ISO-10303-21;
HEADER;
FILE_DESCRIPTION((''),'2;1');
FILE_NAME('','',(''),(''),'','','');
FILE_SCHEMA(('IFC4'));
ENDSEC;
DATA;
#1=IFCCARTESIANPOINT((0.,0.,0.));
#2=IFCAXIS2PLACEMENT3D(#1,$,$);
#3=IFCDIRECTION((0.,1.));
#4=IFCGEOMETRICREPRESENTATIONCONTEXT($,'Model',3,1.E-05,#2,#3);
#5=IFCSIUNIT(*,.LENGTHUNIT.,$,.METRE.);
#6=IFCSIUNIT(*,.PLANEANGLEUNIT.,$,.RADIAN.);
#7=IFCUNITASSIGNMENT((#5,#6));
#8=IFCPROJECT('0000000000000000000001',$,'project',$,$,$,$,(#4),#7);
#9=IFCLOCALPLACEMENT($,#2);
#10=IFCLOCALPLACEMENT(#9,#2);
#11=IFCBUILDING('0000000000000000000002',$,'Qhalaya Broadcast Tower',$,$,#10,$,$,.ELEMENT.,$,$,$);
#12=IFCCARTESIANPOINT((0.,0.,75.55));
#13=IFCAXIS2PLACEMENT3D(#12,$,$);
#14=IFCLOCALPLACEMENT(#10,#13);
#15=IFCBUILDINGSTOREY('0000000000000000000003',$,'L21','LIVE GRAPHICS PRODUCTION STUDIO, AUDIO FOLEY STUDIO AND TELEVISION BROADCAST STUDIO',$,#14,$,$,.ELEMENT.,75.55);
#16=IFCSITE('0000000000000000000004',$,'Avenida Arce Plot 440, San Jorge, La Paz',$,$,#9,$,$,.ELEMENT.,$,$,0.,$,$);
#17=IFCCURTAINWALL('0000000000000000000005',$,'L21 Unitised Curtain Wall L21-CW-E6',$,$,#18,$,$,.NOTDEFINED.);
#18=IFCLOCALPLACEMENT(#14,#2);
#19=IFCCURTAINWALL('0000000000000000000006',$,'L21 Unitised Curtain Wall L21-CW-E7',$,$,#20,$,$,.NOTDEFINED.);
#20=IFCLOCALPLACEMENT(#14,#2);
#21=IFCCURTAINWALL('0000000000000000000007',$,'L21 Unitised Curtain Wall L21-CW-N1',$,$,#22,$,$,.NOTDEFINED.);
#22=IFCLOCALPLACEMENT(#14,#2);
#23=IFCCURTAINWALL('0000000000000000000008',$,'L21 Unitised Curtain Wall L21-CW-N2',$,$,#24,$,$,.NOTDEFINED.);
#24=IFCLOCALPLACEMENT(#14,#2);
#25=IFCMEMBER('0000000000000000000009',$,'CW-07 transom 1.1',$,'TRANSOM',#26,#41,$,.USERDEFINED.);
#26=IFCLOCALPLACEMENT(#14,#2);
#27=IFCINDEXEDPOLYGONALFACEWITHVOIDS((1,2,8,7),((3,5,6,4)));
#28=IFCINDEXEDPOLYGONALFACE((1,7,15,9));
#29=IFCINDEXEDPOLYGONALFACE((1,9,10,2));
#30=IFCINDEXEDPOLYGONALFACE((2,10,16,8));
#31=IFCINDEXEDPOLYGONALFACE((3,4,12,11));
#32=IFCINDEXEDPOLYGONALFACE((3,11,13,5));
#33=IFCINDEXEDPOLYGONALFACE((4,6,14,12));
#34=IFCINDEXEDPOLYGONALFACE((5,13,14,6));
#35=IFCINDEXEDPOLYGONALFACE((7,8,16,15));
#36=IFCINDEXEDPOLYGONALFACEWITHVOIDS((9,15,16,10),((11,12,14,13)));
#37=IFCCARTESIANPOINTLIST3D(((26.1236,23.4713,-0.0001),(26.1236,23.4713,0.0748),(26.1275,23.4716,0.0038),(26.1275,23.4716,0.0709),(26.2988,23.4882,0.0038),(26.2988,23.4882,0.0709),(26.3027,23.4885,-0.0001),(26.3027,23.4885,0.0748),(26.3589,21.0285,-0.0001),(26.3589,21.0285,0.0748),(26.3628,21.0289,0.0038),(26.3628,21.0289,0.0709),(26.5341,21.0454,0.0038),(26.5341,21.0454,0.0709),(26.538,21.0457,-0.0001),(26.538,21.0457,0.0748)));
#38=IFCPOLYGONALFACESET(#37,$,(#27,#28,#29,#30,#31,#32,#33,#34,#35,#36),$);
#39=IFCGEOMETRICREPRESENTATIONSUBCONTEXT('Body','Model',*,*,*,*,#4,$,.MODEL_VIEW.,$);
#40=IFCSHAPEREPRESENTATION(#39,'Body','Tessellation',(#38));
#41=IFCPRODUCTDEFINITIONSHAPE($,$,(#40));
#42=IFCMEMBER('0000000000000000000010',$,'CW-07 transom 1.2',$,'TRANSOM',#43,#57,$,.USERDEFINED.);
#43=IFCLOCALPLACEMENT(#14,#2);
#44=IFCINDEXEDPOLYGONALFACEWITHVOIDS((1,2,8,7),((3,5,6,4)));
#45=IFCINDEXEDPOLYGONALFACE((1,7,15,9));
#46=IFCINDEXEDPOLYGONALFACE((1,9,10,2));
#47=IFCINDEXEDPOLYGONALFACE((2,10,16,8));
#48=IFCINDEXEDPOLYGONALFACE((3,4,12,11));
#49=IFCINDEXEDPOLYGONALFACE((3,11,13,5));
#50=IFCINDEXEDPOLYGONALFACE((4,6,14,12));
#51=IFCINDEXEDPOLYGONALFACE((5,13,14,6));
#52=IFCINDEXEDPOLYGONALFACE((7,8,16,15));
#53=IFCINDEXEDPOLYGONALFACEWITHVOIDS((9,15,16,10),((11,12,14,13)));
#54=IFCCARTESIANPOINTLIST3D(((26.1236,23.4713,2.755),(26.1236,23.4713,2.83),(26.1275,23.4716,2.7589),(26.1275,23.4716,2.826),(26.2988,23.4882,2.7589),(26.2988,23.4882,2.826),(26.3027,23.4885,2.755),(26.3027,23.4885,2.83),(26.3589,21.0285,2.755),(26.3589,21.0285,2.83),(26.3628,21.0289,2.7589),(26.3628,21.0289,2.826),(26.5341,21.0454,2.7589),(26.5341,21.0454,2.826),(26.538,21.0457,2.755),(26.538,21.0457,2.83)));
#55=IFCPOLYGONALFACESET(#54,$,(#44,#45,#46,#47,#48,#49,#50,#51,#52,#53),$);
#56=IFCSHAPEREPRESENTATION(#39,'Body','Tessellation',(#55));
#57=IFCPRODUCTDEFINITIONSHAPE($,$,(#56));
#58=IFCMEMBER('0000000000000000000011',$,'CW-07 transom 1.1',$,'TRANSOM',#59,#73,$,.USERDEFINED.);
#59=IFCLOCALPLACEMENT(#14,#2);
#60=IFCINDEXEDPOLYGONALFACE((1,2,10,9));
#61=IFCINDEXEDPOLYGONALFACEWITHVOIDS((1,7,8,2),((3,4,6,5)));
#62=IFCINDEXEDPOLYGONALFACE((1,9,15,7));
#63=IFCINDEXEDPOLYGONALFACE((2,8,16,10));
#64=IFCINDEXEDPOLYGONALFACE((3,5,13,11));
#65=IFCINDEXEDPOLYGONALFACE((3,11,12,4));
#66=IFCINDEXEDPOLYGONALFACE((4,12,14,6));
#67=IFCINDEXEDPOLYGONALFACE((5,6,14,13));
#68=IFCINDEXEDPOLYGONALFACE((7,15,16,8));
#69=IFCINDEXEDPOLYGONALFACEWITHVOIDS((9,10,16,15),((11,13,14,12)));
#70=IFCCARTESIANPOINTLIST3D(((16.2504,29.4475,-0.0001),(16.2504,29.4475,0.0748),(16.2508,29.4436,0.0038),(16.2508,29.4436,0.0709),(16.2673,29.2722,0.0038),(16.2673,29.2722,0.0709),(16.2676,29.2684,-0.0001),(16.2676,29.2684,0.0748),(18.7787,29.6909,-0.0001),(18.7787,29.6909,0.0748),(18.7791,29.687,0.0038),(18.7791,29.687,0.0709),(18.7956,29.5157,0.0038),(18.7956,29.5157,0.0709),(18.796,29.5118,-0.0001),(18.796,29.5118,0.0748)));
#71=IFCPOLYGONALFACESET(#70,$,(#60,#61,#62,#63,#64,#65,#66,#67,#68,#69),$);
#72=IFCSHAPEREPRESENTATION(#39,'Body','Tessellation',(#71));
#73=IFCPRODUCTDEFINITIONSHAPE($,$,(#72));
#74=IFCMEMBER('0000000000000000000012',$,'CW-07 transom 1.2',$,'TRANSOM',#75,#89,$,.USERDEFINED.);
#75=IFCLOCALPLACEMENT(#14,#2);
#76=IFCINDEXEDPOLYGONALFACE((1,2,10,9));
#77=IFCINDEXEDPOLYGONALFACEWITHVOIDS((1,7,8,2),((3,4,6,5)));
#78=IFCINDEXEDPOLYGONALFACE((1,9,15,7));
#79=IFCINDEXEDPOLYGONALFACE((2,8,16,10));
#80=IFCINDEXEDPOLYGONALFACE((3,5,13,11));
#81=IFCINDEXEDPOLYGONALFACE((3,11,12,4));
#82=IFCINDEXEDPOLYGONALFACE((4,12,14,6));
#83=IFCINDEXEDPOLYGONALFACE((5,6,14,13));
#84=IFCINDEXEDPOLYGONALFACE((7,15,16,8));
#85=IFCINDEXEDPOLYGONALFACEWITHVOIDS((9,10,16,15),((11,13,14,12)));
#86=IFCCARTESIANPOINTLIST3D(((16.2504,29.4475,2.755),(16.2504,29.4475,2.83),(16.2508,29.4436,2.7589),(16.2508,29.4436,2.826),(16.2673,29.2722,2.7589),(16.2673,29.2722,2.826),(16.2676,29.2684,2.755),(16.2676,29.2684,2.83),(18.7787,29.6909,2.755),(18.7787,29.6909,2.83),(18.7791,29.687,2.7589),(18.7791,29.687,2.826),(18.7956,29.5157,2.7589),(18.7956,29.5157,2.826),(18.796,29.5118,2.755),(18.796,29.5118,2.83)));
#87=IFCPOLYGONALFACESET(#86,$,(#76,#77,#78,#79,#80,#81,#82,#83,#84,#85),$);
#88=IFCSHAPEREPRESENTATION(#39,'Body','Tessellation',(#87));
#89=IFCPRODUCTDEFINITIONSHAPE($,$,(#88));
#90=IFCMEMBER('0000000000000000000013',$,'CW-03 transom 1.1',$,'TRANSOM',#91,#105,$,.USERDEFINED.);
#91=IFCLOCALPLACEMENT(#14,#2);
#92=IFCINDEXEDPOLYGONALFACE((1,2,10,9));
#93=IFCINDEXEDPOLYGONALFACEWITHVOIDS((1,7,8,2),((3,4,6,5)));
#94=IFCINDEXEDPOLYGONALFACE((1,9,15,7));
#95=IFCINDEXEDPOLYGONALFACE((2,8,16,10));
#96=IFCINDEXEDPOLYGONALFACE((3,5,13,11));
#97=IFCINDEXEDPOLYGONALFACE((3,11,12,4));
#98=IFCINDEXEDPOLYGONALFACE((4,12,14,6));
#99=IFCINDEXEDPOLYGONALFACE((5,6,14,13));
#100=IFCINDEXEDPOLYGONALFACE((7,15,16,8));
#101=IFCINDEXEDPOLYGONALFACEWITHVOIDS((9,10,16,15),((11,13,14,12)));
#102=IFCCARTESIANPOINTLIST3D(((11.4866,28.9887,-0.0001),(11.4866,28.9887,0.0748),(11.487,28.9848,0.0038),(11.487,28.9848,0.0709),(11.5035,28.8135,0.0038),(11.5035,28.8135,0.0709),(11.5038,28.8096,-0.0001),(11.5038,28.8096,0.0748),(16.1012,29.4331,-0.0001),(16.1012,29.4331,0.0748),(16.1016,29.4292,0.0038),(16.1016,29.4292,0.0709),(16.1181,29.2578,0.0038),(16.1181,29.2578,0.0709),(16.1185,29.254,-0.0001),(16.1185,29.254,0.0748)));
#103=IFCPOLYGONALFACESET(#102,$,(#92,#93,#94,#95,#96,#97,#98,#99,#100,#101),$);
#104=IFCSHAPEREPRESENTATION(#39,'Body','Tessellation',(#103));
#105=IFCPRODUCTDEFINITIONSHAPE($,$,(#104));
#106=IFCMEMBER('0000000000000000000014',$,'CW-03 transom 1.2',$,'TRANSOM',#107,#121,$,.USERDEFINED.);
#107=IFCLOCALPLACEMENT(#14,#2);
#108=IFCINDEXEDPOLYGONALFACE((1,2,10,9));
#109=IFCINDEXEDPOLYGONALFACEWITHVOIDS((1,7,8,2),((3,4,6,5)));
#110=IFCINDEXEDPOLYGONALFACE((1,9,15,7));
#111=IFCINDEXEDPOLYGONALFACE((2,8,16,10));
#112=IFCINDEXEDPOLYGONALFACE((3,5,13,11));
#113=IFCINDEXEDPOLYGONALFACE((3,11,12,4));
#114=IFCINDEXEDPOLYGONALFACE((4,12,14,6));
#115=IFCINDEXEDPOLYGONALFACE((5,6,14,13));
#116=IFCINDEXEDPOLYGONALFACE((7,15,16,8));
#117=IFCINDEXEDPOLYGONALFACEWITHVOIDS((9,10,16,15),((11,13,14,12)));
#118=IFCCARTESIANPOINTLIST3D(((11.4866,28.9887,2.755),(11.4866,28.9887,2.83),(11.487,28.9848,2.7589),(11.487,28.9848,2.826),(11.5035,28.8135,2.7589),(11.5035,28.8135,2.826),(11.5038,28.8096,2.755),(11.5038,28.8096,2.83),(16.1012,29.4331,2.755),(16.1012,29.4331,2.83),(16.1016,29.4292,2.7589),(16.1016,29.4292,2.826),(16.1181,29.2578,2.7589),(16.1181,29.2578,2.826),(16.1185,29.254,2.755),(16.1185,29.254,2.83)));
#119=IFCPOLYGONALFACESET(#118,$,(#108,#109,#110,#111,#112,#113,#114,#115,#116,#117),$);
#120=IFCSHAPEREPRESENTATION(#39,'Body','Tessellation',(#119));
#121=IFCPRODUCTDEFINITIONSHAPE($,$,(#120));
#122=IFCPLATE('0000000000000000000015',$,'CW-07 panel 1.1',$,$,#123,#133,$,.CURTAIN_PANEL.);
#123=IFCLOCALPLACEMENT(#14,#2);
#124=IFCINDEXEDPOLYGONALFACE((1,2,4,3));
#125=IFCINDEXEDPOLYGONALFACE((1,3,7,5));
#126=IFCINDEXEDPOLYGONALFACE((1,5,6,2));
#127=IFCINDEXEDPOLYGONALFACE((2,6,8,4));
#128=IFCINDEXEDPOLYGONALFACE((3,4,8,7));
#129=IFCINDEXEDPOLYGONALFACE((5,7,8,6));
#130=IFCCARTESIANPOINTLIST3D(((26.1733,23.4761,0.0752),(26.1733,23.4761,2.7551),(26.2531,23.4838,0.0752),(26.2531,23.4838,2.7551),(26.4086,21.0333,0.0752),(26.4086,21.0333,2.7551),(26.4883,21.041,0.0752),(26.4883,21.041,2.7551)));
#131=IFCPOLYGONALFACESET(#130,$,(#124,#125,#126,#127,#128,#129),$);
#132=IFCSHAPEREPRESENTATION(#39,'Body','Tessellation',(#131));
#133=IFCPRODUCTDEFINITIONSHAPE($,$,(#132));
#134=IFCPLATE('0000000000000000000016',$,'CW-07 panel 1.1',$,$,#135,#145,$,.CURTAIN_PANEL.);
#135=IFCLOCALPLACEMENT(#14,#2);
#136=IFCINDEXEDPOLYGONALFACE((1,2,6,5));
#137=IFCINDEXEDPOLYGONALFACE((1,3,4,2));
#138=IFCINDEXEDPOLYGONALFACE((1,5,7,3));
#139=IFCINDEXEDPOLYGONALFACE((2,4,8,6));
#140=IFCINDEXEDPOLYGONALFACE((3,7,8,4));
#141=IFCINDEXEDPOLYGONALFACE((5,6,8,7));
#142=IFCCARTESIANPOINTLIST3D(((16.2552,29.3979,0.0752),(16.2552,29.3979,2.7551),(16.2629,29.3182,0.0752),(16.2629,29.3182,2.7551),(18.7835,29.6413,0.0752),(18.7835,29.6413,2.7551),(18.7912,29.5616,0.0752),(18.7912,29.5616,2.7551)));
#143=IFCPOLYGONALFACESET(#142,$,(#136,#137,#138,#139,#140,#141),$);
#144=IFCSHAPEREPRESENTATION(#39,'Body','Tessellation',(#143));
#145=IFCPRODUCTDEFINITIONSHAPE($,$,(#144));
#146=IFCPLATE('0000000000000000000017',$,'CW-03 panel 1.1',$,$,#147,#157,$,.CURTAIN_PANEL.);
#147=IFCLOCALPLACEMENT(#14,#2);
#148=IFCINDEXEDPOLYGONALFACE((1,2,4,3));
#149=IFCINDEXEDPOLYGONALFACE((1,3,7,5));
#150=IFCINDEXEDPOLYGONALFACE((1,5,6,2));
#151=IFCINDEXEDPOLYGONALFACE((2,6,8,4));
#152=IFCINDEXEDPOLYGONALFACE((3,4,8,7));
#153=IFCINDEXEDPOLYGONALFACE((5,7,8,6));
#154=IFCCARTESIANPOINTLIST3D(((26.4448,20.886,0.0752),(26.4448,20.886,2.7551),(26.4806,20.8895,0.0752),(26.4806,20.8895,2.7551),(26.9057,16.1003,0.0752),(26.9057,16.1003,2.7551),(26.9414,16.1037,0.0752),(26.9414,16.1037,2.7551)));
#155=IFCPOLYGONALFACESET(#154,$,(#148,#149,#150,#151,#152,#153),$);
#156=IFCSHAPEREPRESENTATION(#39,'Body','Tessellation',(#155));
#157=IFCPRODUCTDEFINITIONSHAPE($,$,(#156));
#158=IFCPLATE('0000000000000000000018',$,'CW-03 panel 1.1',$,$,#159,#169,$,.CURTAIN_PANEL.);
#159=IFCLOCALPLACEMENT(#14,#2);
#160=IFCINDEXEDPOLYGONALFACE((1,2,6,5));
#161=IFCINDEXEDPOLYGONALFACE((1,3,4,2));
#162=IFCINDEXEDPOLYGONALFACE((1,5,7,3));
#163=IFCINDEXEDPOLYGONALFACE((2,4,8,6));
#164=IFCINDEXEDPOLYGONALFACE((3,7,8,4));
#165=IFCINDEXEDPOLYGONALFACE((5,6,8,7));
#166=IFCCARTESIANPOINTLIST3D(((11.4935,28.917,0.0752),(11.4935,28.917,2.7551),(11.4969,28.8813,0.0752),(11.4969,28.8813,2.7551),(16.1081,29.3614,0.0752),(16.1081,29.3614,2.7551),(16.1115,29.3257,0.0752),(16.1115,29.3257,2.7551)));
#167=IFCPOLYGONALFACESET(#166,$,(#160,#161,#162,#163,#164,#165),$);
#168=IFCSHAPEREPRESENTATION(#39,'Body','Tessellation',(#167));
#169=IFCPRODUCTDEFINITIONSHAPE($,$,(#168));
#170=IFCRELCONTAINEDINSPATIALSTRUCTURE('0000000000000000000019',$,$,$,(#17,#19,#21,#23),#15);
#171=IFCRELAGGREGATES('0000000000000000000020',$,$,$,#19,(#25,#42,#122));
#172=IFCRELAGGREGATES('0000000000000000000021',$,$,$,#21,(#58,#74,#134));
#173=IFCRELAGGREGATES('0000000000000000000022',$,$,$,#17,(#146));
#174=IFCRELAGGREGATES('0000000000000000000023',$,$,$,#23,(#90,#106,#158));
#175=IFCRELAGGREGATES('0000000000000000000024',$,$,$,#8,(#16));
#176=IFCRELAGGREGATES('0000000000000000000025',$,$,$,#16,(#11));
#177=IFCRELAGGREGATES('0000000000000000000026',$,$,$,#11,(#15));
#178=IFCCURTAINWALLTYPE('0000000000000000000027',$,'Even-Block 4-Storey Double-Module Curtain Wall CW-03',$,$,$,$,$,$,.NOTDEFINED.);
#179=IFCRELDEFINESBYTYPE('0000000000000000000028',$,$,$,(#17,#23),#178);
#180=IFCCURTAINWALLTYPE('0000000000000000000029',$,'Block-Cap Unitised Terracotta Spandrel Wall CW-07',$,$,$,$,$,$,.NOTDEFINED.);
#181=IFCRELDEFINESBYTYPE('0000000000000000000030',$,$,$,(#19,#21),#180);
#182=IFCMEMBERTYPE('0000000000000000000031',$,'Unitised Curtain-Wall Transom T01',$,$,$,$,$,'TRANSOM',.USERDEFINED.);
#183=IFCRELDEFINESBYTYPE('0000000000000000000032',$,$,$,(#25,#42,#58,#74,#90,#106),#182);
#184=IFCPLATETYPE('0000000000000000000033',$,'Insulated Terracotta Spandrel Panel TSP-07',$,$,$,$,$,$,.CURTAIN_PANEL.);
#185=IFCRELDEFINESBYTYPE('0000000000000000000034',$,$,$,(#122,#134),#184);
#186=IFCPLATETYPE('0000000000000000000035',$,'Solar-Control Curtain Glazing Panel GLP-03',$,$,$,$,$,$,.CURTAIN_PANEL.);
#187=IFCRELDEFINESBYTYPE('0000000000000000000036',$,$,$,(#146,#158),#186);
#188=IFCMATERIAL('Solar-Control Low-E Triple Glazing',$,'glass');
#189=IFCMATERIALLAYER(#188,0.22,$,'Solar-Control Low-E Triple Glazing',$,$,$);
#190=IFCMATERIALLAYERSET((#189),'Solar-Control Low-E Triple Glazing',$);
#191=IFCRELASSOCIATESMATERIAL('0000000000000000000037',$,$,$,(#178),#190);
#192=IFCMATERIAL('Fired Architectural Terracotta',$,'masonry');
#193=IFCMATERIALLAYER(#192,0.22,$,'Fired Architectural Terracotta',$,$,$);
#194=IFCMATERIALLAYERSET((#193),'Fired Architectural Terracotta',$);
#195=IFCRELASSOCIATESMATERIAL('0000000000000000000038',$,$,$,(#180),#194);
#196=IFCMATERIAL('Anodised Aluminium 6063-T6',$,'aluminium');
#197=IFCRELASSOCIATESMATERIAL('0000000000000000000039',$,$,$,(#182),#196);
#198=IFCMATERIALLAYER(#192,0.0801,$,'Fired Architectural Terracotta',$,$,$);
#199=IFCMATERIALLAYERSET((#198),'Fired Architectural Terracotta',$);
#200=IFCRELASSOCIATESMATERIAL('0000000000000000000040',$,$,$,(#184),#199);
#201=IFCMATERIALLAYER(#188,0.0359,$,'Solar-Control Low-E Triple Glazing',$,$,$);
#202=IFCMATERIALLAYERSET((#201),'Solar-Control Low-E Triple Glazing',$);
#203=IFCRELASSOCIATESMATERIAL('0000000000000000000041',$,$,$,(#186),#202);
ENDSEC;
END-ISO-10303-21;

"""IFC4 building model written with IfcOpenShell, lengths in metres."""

from ifc_helpers import new_model, si_unit, direction, frame, origin, origin_2d, place, context, subcontext, project, spatial, rectangle, hollow_rectangle, extrude, material, layer, layer_set, material_profile, profile_set, type_object, element, aggregate, save


model = new_model("IFC4")

# Units and contexts
model_context = context("Model", 3, precision=1e-05, world=origin(), true_north=direction((0.0, 1.0)))
body_context = subcontext(model_context, "Body", "Model", "MODEL_VIEW")
ifc_project = project(units=[si_unit("LENGTHUNIT", "METRE"), si_unit("PLANEANGLEUNIT", "RADIAN")], contexts=[model_context])

# Site, building, storey
site_placement = place(None, origin())
site = spatial("IfcSite", under=ifc_project, at=site_placement, Name="Avenida Arce Plot 440, San Jorge, La Paz", CompositionType="ELEMENT", RefElevation=0.0)
building_placement = place(site_placement, origin())
building = spatial("IfcBuilding", under=site, at=building_placement, Name="Qhalaya Broadcast Tower", CompositionType="ELEMENT")
storey_placement = place(building_placement, frame((0.0, 0.0, 75.55)))
storey = spatial("IfcBuildingStorey", under=building, at=storey_placement, Name="L21", Description="LIVE GRAPHICS PRODUCTION STUDIO, AUDIO FOLEY STUDIO AND TELEVISION BROADCAST STUDIO", CompositionType="ELEMENT", Elevation=75.55)

# Curtain wall
ifc_material_1 = material(Name="Solar-Control Low-E Triple Glazing", Category="glass")
ifc_layer_1 = layer(ifc_material_1, 0.22, Name="Solar-Control Low-E Triple Glazing")
ifc_layer_set_1 = layer_set([ifc_layer_1], Name="Solar-Control Low-E Triple Glazing")
curtain_wall_type_1 = type_object("IfcCurtainWallType", Name="Even-Block 4-Storey Double-Module Curtain Wall CW-03", PredefinedType="NOTDEFINED", material=ifc_layer_set_1)
curtain_wall_1_placement = place(storey_placement, origin())
curtain_wall_1 = element("IfcCurtainWall", 1, at=curtain_wall_1_placement, inside=storey, type_object=curtain_wall_type_1, Name="L21 Unitised Curtain Wall L21-CW-E6", PredefinedType="NOTDEFINED")
ifc_material_2 = material(Name="Anodised Aluminium 6063-T6", Category="aluminium")

# Curtain walls
ifc_material_3 = material(Name="Fired Architectural Terracotta", Category="masonry")
ifc_layer_2 = layer(ifc_material_3, 0.22, Name="Fired Architectural Terracotta")
ifc_layer_set_2 = layer_set([ifc_layer_2], Name="Fired Architectural Terracotta")
curtain_wall_type_2 = type_object("IfcCurtainWallType", Name="Block-Cap Unitised Terracotta Spandrel Wall CW-07", PredefinedType="NOTDEFINED", material=ifc_layer_set_2)
curtain_wall_2_placement = place(storey_placement, origin())
curtain_wall_2 = element("IfcCurtainWall", 2, at=curtain_wall_2_placement, inside=storey, type_object=curtain_wall_type_2, Name="L21 Unitised Curtain Wall L21-CW-E7", PredefinedType="NOTDEFINED")
curtain_wall_3_placement = place(storey_placement, origin())
curtain_wall_3 = element("IfcCurtainWall", 3, at=curtain_wall_3_placement, inside=storey, type_object=curtain_wall_type_2, Name="L21 Unitised Curtain Wall L21-CW-N1", PredefinedType="NOTDEFINED")

# Curtain wall
curtain_wall_4_placement = place(storey_placement, origin())
curtain_wall_4 = element("IfcCurtainWall", 4, at=curtain_wall_4_placement, inside=storey, type_object=curtain_wall_type_1, Name="L21 Unitised Curtain Wall L21-CW-N2", PredefinedType="NOTDEFINED")

# Members
ifc_material_profile_1 = material_profile(ifc_material_2, hollow_rectangle(XDim=0.075, YDim=0.1799, WallThickness=0.0039, at=origin_2d()), Name="ALU-TRN 75x180x4")
ifc_profile_set_1 = profile_set([ifc_material_profile_1], Name="Anodised Aluminium 6063-T6")
member_type_1 = type_object("IfcMemberType", Name="Unitised Curtain-Wall Transom T01", ElementType="TRANSOM", PredefinedType="USERDEFINED", material=ifc_profile_set_1)
member_1_placement = place(storey_placement, frame((26.4485, 21.0371, 0.0374), z_axis=(-0.095898, 0.995391, 0.0), x_axis=(0.0, 0.0, 1.0)))
member_1 = element("IfcMember", 5, at=member_1_placement, type_object=member_type_1, Name="CW-07 transom 1.1", ObjectType="TRANSOM", PredefinedType="USERDEFINED", context=body_context, shape_type="SweptSolid", body=[
    extrude(hollow_rectangle(XDim=0.075, YDim=0.1799, WallThickness=0.0039, at=origin_2d()), origin(), (0.0, 0.0, 1.0), 2.4541),
])
member_2_placement = place(storey_placement, frame((26.4485, 21.0371, 2.7925), z_axis=(-0.095898, 0.995391, 0.0), x_axis=(0.0, 0.0, 1.0)))
member_2 = element("IfcMember", 6, at=member_2_placement, type_object=member_type_1, Name="CW-07 transom 1.2", ObjectType="TRANSOM", PredefinedType="USERDEFINED", context=body_context, shape_type="SweptSolid", body=[
    extrude(hollow_rectangle(XDim=0.075, YDim=0.1799, WallThickness=0.0039, at=origin_2d()), origin(), (0.0, 0.0, 1.0), 2.4541),
])
member_3_placement = place(storey_placement, frame((18.7874, 29.6013, 0.0374), z_axis=(-0.995398, -0.09583, 0.0), x_axis=(0.0, 0.0, 1.0)))
member_3 = element("IfcMember", 7, at=member_3_placement, type_object=member_type_1, Name="CW-07 transom 1.1", ObjectType="TRANSOM", PredefinedType="USERDEFINED", context=body_context, shape_type="SweptSolid", body=[
    extrude(hollow_rectangle(XDim=0.075, YDim=0.1799, WallThickness=0.0039, at=origin_2d()), origin(), (0.0, 0.0, 1.0), 2.54),
])
member_4_placement = place(storey_placement, frame((18.7874, 29.6013, 2.7925), z_axis=(-0.995398, -0.09583, 0.0), x_axis=(0.0, 0.0, 1.0)))
member_4 = element("IfcMember", 8, at=member_4_placement, type_object=member_type_1, Name="CW-07 transom 1.2", ObjectType="TRANSOM", PredefinedType="USERDEFINED", context=body_context, shape_type="SweptSolid", body=[
    extrude(hollow_rectangle(XDim=0.075, YDim=0.1799, WallThickness=0.0039, at=origin_2d()), origin(), (0.0, 0.0, 1.0), 2.54),
])
member_5_placement = place(storey_placement, frame((16.1099, 29.3435, 0.0374), z_axis=(-0.995396, -0.095843, 0.0), x_axis=(0.0, 0.0, 1.0)))
member_5 = element("IfcMember", 9, at=member_5_placement, type_object=member_type_1, Name="CW-03 transom 1.1", ObjectType="TRANSOM", PredefinedType="USERDEFINED", context=body_context, shape_type="SweptSolid", body=[
    extrude(hollow_rectangle(XDim=0.075, YDim=0.1799, WallThickness=0.0039, at=origin_2d()), origin(), (0.0, 0.0, 1.0), 4.636),
])
member_6_placement = place(storey_placement, frame((16.1099, 29.3435, 2.7925), z_axis=(-0.995396, -0.095843, 0.0), x_axis=(0.0, 0.0, 1.0)))
member_6 = element("IfcMember", 10, at=member_6_placement, type_object=member_type_1, Name="CW-03 transom 1.2", ObjectType="TRANSOM", PredefinedType="USERDEFINED", context=body_context, shape_type="SweptSolid", body=[
    extrude(hollow_rectangle(XDim=0.075, YDim=0.1799, WallThickness=0.0039, at=origin_2d()), origin(), (0.0, 0.0, 1.0), 4.636),
])

# Plates
ifc_layer_3 = layer(ifc_material_3, 0.0801, Name="Fired Architectural Terracotta")
ifc_layer_set_3 = layer_set([ifc_layer_3], Name="Fired Architectural Terracotta")
plate_type_1 = type_object("IfcPlateType", Name="Insulated Terracotta Spandrel Panel TSP-07", PredefinedType="CURTAIN_PANEL", material=ifc_layer_set_3)
plate_1_placement = place(storey_placement, frame((26.3308, 22.2585, 0.0752), z_axis=(0.0, 0.0, 1.0), x_axis=(-0.095849, 0.995396, 0.0)))
plate_1 = element("IfcPlate", 11, at=plate_1_placement, type_object=plate_type_1, Name="CW-07 panel 1.1", PredefinedType="CURTAIN_PANEL", context=body_context, shape_type="SweptSolid", body=[
    extrude(rectangle(XDim=2.4541, YDim=0.0801, at=origin_2d()), origin(), (0.0, 0.0, 1.0), 2.6799),
])
aggregate(curtain_wall_2, [member_1, member_2, plate_1])
plate_2_placement = place(storey_placement, frame((17.5232, 29.4797, 0.0752), z_axis=(0.0, 0.0, 1.0), x_axis=(-0.995397, -0.095837, 0.0)))
plate_2 = element("IfcPlate", 12, at=plate_2_placement, type_object=plate_type_1, Name="CW-07 panel 1.1", PredefinedType="CURTAIN_PANEL", context=body_context, shape_type="SweptSolid", body=[
    extrude(rectangle(XDim=2.54, YDim=0.0801, at=origin_2d()), origin(), (0.0, 0.0, 1.0), 2.6799),
])
aggregate(curtain_wall_3, [member_3, member_4, plate_2])
ifc_layer_4 = layer(ifc_material_1, 0.0359, Name="Solar-Control Low-E Triple Glazing")
ifc_layer_set_4 = layer_set([ifc_layer_4], Name="Solar-Control Low-E Triple Glazing")
plate_type_2 = type_object("IfcPlateType", Name="Solar-Control Curtain Glazing Panel GLP-03", PredefinedType="CURTAIN_PANEL", material=ifc_layer_set_4)
plate_3_placement = place(storey_placement, frame((26.6931, 18.4949, 0.0752), z_axis=(0.0, 0.0, 1.0), x_axis=(-0.095847, 0.995396, 0.0)))
plate_3 = element("IfcPlate", 13, at=plate_3_placement, type_object=plate_type_2, Name="CW-03 panel 1.1", PredefinedType="CURTAIN_PANEL", context=body_context, shape_type="SweptSolid", body=[
    extrude(rectangle(XDim=4.8079, YDim=0.0359, at=origin_2d()), origin(), (0.0, 0.0, 1.0), 2.6799),
])
aggregate(curtain_wall_1, [plate_3])
plate_4_placement = place(storey_placement, frame((13.8025, 29.1213, 0.0752), z_axis=(0.0, 0.0, 1.0), x_axis=(-0.995395, -0.095862, 0.0)))
plate_4 = element("IfcPlate", 14, at=plate_4_placement, type_object=plate_type_2, Name="CW-03 panel 1.1", PredefinedType="CURTAIN_PANEL", context=body_context, shape_type="SweptSolid", body=[
    extrude(rectangle(XDim=4.636, YDim=0.0359, at=origin_2d()), origin(), (0.0, 0.0, 1.0), 2.6799),
])
aggregate(curtain_wall_4, [member_5, member_6, plate_4])

save(model, "model.ifc")
